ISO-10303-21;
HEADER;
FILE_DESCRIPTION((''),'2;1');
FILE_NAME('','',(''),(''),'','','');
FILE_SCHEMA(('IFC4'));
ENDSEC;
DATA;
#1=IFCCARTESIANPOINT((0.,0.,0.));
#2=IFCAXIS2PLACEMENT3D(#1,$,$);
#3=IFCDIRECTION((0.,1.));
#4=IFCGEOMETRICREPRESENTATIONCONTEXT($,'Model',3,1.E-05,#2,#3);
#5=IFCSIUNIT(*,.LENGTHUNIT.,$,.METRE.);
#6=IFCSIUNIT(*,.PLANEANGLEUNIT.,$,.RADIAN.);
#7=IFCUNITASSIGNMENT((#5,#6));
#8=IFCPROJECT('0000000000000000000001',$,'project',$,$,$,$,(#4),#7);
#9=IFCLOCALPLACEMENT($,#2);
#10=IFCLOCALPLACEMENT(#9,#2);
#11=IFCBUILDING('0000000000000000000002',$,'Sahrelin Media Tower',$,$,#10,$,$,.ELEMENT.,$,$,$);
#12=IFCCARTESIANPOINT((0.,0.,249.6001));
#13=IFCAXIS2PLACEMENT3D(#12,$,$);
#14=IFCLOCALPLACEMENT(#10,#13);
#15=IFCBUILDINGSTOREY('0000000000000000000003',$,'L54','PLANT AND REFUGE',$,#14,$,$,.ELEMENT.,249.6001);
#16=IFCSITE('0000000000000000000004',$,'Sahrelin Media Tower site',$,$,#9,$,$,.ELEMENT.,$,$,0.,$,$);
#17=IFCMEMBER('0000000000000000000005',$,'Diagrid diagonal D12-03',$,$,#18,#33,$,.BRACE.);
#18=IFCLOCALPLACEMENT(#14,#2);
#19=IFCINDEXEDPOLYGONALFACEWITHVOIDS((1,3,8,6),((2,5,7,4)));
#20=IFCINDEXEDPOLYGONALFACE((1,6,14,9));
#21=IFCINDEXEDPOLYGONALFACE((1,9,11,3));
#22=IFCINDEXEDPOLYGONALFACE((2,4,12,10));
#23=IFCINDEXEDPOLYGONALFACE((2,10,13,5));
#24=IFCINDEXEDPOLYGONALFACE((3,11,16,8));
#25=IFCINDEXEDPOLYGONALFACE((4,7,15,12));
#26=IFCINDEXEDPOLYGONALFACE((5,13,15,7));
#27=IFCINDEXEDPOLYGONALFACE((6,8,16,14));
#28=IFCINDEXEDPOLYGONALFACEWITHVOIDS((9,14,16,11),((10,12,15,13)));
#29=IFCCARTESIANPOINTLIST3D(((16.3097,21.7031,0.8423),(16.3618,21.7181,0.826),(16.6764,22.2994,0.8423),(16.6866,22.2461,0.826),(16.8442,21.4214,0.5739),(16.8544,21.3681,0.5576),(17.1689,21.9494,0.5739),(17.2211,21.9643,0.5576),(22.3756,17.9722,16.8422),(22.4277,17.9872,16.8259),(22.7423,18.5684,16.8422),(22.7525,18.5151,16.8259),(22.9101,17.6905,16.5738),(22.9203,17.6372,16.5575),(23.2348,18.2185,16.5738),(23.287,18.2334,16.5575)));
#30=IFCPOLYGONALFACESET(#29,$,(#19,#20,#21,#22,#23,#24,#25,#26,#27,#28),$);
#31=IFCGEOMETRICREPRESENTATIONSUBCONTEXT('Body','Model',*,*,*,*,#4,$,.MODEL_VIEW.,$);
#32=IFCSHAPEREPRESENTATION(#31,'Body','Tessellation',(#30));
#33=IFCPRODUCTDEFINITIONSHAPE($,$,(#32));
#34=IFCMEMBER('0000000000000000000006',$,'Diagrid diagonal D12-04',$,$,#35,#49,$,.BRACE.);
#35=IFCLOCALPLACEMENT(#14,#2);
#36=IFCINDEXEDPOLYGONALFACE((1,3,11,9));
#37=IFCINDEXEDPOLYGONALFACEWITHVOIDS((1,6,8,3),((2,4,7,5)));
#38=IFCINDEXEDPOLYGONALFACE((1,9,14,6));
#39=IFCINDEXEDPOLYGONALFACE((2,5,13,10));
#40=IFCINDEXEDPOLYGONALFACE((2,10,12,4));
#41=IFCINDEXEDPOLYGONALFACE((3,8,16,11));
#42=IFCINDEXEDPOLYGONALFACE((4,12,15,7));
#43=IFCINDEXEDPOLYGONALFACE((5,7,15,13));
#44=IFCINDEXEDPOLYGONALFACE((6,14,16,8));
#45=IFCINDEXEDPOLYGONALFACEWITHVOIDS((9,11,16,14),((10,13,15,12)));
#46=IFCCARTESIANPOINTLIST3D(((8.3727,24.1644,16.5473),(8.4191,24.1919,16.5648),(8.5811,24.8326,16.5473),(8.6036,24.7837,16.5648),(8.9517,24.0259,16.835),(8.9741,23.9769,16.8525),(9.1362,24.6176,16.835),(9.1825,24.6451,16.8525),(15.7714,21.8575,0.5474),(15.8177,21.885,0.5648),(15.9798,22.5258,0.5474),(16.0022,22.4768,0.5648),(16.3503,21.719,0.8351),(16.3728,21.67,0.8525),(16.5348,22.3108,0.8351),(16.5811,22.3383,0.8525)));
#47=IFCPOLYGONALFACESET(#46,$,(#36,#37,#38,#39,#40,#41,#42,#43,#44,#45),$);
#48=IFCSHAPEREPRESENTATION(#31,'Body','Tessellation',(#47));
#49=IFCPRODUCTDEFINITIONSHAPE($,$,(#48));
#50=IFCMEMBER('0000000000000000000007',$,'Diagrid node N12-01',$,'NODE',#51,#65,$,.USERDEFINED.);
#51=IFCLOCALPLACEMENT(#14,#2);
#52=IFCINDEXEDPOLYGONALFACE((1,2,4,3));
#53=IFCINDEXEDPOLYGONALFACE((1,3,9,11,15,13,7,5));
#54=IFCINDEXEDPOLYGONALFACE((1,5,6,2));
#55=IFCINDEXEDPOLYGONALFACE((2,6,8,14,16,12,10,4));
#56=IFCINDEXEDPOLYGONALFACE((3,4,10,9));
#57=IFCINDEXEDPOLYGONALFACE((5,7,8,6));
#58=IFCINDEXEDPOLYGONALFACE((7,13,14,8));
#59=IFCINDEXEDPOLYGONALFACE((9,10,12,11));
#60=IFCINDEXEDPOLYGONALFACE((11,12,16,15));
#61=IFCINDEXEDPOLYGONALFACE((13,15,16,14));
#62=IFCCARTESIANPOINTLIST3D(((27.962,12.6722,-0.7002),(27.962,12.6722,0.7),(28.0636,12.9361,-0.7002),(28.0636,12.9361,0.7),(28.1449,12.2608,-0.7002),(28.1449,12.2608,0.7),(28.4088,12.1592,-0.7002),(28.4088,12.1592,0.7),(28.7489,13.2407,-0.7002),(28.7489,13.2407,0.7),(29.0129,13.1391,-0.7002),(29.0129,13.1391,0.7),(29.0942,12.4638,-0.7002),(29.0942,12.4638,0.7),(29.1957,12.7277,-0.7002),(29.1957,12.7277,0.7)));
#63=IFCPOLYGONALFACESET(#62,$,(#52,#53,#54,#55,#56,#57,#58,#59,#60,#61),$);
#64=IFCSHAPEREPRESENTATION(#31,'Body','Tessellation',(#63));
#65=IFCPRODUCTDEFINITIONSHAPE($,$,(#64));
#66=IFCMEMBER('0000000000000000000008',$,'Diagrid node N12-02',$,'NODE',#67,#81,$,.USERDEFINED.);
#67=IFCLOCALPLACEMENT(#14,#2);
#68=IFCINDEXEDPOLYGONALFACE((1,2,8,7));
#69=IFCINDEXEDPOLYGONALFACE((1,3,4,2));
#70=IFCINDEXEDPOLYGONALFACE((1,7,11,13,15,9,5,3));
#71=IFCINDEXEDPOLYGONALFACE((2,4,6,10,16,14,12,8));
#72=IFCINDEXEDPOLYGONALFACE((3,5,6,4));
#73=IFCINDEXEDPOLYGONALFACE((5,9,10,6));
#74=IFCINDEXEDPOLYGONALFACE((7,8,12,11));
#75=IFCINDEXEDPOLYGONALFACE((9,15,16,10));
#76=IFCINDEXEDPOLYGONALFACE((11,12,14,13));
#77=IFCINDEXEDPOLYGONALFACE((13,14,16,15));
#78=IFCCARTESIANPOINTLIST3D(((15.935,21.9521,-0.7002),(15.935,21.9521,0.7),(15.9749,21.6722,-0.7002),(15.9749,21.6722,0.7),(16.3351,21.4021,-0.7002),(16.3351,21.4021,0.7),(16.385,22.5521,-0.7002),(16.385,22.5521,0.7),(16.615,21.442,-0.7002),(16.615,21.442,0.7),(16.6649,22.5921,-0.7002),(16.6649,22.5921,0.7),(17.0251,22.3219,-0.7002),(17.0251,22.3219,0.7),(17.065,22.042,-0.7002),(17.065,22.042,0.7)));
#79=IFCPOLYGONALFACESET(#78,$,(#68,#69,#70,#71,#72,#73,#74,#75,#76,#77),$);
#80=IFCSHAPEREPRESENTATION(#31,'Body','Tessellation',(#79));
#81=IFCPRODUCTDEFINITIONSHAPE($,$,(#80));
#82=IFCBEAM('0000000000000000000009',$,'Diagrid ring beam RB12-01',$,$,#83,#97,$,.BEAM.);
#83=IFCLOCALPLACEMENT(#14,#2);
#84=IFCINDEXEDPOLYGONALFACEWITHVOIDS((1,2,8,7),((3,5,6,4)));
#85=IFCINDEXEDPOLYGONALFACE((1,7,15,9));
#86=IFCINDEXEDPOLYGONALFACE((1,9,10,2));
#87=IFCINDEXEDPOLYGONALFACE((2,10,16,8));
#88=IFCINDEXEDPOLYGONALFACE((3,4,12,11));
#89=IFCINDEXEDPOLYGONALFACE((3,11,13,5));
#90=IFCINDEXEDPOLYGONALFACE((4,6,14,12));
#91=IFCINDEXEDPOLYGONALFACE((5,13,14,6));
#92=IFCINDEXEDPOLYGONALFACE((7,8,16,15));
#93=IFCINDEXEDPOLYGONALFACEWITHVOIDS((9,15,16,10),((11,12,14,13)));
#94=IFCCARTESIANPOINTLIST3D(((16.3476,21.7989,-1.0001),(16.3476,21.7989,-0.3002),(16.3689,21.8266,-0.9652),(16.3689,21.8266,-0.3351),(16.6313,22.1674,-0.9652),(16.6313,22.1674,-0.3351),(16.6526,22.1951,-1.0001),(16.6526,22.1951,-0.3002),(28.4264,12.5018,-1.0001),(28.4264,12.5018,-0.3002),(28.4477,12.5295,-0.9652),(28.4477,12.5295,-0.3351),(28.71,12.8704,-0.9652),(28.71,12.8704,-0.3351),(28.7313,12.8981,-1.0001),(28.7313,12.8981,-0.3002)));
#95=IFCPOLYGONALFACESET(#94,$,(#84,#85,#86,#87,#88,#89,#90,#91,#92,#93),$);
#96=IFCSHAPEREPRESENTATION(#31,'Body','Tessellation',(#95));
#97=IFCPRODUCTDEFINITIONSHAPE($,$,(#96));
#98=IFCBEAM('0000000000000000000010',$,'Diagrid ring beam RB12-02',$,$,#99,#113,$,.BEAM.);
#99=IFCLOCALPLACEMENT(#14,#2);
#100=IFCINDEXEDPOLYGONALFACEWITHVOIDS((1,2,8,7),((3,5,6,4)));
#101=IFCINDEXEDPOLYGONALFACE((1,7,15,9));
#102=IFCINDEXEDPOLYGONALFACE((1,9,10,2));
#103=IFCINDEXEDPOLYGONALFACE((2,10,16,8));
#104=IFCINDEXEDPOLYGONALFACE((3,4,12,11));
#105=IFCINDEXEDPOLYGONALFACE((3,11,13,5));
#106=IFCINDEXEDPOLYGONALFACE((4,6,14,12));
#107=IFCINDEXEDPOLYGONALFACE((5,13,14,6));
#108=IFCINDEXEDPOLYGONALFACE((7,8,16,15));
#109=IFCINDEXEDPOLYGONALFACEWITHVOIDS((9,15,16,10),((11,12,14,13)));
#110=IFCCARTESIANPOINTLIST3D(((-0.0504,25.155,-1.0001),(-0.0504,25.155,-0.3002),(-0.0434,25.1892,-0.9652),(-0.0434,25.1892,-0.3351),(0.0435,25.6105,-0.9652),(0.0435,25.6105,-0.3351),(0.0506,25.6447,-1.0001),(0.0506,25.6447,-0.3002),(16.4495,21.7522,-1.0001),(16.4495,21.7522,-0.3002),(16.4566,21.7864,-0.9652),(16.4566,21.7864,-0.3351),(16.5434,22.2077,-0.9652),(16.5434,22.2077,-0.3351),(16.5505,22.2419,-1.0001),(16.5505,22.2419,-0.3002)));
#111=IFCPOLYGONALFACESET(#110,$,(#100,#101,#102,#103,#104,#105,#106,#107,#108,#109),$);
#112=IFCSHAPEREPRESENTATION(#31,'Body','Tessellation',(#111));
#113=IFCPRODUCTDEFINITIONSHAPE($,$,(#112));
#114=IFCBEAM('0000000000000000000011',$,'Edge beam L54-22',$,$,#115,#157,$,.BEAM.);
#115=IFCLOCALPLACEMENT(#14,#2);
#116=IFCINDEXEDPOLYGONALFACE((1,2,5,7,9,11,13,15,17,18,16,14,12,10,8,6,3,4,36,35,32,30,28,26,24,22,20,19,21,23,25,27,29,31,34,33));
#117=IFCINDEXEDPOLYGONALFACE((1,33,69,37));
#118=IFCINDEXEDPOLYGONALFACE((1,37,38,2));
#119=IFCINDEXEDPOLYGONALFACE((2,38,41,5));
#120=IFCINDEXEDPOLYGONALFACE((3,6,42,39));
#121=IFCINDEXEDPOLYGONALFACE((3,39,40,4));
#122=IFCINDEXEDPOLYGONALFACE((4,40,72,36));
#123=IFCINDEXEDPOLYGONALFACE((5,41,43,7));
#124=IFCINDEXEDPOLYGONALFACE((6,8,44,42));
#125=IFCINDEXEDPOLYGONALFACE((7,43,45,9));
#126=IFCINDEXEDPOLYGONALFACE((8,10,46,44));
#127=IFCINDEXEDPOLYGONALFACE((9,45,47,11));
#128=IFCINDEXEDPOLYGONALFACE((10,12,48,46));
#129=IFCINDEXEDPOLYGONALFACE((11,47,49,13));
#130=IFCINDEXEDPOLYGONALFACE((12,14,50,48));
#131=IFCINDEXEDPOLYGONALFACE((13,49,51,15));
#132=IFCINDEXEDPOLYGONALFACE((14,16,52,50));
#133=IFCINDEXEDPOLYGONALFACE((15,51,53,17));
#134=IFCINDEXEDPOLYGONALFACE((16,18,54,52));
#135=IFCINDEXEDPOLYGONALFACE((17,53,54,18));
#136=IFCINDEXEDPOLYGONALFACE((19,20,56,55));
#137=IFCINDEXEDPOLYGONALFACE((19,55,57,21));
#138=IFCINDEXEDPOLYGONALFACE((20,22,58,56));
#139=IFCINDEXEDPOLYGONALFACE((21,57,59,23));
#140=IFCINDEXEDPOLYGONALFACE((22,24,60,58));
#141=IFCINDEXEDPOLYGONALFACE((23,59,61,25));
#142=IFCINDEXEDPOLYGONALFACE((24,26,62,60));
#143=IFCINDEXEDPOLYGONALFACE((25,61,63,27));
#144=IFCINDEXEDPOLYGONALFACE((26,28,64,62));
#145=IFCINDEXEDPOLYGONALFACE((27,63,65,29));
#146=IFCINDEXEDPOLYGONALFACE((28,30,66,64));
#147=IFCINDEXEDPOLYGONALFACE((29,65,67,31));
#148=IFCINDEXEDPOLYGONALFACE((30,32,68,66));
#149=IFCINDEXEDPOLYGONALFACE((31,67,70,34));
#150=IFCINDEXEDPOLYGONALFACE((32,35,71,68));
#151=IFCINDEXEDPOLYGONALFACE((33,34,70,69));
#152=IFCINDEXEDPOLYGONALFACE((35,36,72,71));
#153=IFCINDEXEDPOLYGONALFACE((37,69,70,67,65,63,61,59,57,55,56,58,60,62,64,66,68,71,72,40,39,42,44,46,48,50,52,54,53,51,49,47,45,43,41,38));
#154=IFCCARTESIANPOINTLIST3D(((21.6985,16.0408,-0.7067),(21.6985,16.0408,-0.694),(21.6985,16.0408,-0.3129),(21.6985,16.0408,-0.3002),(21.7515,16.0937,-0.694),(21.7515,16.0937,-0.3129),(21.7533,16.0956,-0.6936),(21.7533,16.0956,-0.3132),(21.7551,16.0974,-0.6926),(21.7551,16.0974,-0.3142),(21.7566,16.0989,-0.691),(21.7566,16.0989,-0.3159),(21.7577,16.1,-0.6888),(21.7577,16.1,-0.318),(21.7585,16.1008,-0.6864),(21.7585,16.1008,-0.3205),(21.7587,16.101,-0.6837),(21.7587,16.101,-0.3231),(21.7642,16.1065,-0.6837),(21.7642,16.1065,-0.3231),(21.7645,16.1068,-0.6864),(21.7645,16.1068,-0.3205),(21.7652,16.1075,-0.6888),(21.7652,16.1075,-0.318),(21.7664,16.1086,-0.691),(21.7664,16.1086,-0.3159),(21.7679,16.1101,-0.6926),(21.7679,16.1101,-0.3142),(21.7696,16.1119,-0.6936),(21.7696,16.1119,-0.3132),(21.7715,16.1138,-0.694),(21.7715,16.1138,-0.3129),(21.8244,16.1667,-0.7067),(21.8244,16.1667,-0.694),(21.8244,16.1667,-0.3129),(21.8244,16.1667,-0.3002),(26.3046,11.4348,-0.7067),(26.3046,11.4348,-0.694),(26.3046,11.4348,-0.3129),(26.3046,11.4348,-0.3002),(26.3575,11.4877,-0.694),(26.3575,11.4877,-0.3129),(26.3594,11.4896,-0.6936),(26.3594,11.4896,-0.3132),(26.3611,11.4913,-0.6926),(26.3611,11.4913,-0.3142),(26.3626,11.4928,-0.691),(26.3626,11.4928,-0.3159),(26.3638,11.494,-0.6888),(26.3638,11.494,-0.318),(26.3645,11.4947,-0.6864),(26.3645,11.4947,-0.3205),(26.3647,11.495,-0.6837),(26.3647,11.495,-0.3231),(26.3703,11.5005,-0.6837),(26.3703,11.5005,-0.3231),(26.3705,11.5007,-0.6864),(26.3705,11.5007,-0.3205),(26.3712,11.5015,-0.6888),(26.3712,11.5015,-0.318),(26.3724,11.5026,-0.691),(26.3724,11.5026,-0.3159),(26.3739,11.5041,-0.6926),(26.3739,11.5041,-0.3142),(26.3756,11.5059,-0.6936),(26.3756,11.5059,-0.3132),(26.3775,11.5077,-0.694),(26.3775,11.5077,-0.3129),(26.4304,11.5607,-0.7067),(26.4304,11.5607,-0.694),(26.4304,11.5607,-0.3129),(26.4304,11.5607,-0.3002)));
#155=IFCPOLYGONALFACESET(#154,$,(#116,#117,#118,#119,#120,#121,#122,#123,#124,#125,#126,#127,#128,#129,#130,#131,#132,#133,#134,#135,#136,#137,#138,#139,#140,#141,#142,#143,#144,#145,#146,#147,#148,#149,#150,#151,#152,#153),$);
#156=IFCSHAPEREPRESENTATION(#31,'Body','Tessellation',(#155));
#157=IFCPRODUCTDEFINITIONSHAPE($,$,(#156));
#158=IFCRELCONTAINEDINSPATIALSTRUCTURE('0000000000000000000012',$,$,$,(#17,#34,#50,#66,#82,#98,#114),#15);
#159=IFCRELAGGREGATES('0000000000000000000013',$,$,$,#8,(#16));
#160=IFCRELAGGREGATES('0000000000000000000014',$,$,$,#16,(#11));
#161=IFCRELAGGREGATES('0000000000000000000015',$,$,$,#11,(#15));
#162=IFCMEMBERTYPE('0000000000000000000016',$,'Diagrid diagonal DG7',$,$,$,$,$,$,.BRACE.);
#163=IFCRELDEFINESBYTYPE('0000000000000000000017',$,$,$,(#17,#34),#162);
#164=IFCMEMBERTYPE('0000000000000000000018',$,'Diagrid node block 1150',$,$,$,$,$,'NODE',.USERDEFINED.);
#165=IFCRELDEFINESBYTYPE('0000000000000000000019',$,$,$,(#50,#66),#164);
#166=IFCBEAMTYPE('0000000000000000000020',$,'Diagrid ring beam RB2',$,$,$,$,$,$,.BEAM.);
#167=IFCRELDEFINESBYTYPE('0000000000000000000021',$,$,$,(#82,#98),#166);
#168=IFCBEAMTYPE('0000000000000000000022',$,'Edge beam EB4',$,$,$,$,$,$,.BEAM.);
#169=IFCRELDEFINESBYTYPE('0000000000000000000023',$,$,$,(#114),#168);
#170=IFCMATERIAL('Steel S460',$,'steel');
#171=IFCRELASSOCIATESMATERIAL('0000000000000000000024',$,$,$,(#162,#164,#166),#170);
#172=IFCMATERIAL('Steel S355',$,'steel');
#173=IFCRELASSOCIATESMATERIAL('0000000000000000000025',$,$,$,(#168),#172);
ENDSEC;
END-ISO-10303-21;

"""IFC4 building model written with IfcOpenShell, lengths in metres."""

from ifc_helpers import new_model, si_unit, direction, frame, origin, origin_2d, place, context, subcontext, project, spatial, polyline, hollow_rectangle, i_section, outline, extrude, material, material_profile, profile_set, type_object, element, save


model = new_model("IFC4")

# Units and contexts
model_context = context("Model", 3, precision=1e-05, world=origin(), true_north=direction((0.0, 1.0)))
body_context = subcontext(model_context, "Body", "Model", "MODEL_VIEW")
ifc_project = project(units=[si_unit("LENGTHUNIT", "METRE"), si_unit("PLANEANGLEUNIT", "RADIAN")], contexts=[model_context])

# Site, building, storey
site_placement = place(None, origin())
site = spatial("IfcSite", under=ifc_project, at=site_placement, Name="Sahrelin Media Tower site", CompositionType="ELEMENT", RefElevation=0.0)
building_placement = place(site_placement, origin())
building = spatial("IfcBuilding", under=site, at=building_placement, Name="Sahrelin Media Tower", CompositionType="ELEMENT")
storey_placement = place(building_placement, frame((0.0, 0.0, 249.6001)))
storey = spatial("IfcBuildingStorey", under=building, at=storey_placement, Name="L54", Description="PLANT AND REFUGE", CompositionType="ELEMENT", Elevation=249.6001)

# Members
ifc_material_1 = material(Name="Steel S460", Category="steel")
ifc_material_profile_1 = material_profile(ifc_material_1, hollow_rectangle(XDim=0.7, YDim=0.7, WallThickness=0.04, at=origin_2d()), Name="Diagrid diagonal DG7")
ifc_profile_set_1 = profile_set([ifc_material_profile_1], Name="Steel S460")
member_type_1 = type_object("IfcMemberType", Name="Diagrid diagonal DG7", PredefinedType="BRACE", material=ifc_profile_set_1)
member_1_placement = place(storey_placement, frame((16.7654, 21.8337, 0.7), z_axis=(0.346361, -0.213036, 0.913592), x_axis=(0.523902, 0.851778, 0.0)))
element("IfcMember", 1, at=member_1_placement, inside=storey, type_object=member_type_1, Name="Diagrid diagonal D12-03", PredefinedType="BRACE", context=body_context, shape_type="SweptSolid", body=[
    extrude(hollow_rectangle(XDim=0.7, YDim=0.7, WallThickness=0.04, at=origin_2d()), origin(), (0.0, 0.0, 1.0), 17.5132),
])
member_2_placement = place(storey_placement, frame((16.1763, 22.0979, 0.7), z_axis=(-0.416167, 0.12976, 0.899982), x_axis=(-0.297663, -0.954671, 0.0)))
element("IfcMember", 2, at=member_2_placement, inside=storey, type_object=member_type_1, Name="Diagrid diagonal D12-04", PredefinedType="BRACE", context=body_context, shape_type="SweptSolid", body=[
    extrude(hollow_rectangle(XDim=0.7, YDim=0.7, WallThickness=0.04, at=origin_2d()), origin(), (0.0, 0.0, 1.0), 17.7781),
])
ifc_material_profile_2 = material_profile(ifc_material_1, outline(polyline([(0.375, -0.425), (0.575, -0.2251), (0.575, 0.2251), (0.375, 0.425), (-0.375, 0.425), (-0.575, 0.2251), (-0.575, -0.2251), (-0.375, -0.425), (0.375, -0.425)])), Name="Diagrid node block 1150")
ifc_profile_set_2 = profile_set([ifc_material_profile_2], Name="Steel S460")
member_type_2 = type_object("IfcMemberType", Name="Diagrid node block 1150", ElementType="NODE", PredefinedType="USERDEFINED", material=ifc_profile_set_2)
for number, where, z_axis, x_axis, name in (
    (3, (28.5789, 12.7, -0.7002), (0.0, 0.0, 1.0), (0.913831, 0.406094, 0.0), "Diagrid node N12-01"),
    (4, (16.5, 21.9971, -0.7002), (0.0, 0.0, 1.0), (0.600052, 0.799961, 0.0), "Diagrid node N12-02"),
):
    element("IfcMember", number, at=place(storey_placement, frame(where, z_axis=z_axis, x_axis=x_axis)), inside=storey, type_object=member_type_2, Name=name, ObjectType="NODE", PredefinedType="USERDEFINED", context=body_context, shape_type="SweptSolid", body=[
        extrude(outline(polyline([(0.375, -0.425), (0.575, -0.2251), (0.575, 0.2251), (0.375, 0.425), (-0.375, 0.425), (-0.575, 0.2251), (-0.575, -0.2251), (-0.375, -0.425), (0.375, -0.425)])), origin(), (0.0, 0.0, 1.0), 1.4001),
    ])

# Beams
ifc_material_profile_3 = material_profile(ifc_material_1, hollow_rectangle(XDim=0.5, YDim=0.7, WallThickness=0.0349, at=origin_2d()), Name="Diagrid ring beam RB2")
ifc_profile_set_3 = profile_set([ifc_material_profile_3], Name="Steel S460")
beam_type_1 = type_object("IfcBeamType", Name="Diagrid ring beam RB2", PredefinedType="BEAM", material=ifc_profile_set_3)
beam_1_placement = place(storey_placement, frame((28.5789, 12.7, -0.6501), z_axis=(-0.792444, 0.609945, 0.0), x_axis=(-0.609945, -0.792444, 0.0)))
element("IfcBeam", 5, at=beam_1_placement, inside=storey, type_object=beam_type_1, Name="Diagrid ring beam RB12-01", PredefinedType="BEAM", context=body_context, shape_type="SweptSolid", body=[
    extrude(hollow_rectangle(XDim=0.5, YDim=0.7, WallThickness=0.0349, at=origin_2d()), origin(), (0.0, 0.0, 1.0), 15.2424),
])
beam_2_placement = place(storey_placement, frame((16.5, 21.9971, -0.6501), z_axis=(-0.979389, 0.201982, 0.0), x_axis=(-0.201982, -0.979389, 0.0)))
element("IfcBeam", 6, at=beam_2_placement, inside=storey, type_object=beam_type_1, Name="Diagrid ring beam RB12-02", PredefinedType="BEAM", context=body_context, shape_type="SweptSolid", body=[
    extrude(hollow_rectangle(XDim=0.5, YDim=0.7, WallThickness=0.0349, at=origin_2d()), origin(), (0.0, 0.0, 1.0), 16.8472),
])
ifc_material_2 = material(Name="Steel S355", Category="steel")
ifc_material_profile_4 = material_profile(ifc_material_2, i_section(OverallWidth=0.178, OverallDepth=0.4065, WebThickness=0.0078, FlangeThickness=0.0127, FilletRadius=0.0103, at=origin_2d()), Name="UB 406x178x60")
ifc_profile_set_4 = profile_set([ifc_material_profile_4], Name="Steel S355")
beam_type_2 = type_object("IfcBeamType", Name="Edge beam EB4", PredefinedType="BEAM", material=ifc_profile_set_4)
beam_3_placement = place(storey_placement, frame((21.7615, 16.1038, -0.5034), z_axis=(0.707107, -0.707107, 0.0), x_axis=(0.707107, 0.707107, 0.0)))
element("IfcBeam", 7, at=beam_3_placement, inside=storey, type_object=beam_type_2, Name="Edge beam L54-22", PredefinedType="BEAM", context=body_context, shape_type="SweptSolid", body=[
    extrude(i_section(OverallWidth=0.178, OverallDepth=0.4065, WebThickness=0.0078, FlangeThickness=0.0127, FilletRadius=0.0103, at=origin_2d()), origin(), (0.0, 0.0, 1.0), 6.5139),
])

save(model, "model.ifc")
